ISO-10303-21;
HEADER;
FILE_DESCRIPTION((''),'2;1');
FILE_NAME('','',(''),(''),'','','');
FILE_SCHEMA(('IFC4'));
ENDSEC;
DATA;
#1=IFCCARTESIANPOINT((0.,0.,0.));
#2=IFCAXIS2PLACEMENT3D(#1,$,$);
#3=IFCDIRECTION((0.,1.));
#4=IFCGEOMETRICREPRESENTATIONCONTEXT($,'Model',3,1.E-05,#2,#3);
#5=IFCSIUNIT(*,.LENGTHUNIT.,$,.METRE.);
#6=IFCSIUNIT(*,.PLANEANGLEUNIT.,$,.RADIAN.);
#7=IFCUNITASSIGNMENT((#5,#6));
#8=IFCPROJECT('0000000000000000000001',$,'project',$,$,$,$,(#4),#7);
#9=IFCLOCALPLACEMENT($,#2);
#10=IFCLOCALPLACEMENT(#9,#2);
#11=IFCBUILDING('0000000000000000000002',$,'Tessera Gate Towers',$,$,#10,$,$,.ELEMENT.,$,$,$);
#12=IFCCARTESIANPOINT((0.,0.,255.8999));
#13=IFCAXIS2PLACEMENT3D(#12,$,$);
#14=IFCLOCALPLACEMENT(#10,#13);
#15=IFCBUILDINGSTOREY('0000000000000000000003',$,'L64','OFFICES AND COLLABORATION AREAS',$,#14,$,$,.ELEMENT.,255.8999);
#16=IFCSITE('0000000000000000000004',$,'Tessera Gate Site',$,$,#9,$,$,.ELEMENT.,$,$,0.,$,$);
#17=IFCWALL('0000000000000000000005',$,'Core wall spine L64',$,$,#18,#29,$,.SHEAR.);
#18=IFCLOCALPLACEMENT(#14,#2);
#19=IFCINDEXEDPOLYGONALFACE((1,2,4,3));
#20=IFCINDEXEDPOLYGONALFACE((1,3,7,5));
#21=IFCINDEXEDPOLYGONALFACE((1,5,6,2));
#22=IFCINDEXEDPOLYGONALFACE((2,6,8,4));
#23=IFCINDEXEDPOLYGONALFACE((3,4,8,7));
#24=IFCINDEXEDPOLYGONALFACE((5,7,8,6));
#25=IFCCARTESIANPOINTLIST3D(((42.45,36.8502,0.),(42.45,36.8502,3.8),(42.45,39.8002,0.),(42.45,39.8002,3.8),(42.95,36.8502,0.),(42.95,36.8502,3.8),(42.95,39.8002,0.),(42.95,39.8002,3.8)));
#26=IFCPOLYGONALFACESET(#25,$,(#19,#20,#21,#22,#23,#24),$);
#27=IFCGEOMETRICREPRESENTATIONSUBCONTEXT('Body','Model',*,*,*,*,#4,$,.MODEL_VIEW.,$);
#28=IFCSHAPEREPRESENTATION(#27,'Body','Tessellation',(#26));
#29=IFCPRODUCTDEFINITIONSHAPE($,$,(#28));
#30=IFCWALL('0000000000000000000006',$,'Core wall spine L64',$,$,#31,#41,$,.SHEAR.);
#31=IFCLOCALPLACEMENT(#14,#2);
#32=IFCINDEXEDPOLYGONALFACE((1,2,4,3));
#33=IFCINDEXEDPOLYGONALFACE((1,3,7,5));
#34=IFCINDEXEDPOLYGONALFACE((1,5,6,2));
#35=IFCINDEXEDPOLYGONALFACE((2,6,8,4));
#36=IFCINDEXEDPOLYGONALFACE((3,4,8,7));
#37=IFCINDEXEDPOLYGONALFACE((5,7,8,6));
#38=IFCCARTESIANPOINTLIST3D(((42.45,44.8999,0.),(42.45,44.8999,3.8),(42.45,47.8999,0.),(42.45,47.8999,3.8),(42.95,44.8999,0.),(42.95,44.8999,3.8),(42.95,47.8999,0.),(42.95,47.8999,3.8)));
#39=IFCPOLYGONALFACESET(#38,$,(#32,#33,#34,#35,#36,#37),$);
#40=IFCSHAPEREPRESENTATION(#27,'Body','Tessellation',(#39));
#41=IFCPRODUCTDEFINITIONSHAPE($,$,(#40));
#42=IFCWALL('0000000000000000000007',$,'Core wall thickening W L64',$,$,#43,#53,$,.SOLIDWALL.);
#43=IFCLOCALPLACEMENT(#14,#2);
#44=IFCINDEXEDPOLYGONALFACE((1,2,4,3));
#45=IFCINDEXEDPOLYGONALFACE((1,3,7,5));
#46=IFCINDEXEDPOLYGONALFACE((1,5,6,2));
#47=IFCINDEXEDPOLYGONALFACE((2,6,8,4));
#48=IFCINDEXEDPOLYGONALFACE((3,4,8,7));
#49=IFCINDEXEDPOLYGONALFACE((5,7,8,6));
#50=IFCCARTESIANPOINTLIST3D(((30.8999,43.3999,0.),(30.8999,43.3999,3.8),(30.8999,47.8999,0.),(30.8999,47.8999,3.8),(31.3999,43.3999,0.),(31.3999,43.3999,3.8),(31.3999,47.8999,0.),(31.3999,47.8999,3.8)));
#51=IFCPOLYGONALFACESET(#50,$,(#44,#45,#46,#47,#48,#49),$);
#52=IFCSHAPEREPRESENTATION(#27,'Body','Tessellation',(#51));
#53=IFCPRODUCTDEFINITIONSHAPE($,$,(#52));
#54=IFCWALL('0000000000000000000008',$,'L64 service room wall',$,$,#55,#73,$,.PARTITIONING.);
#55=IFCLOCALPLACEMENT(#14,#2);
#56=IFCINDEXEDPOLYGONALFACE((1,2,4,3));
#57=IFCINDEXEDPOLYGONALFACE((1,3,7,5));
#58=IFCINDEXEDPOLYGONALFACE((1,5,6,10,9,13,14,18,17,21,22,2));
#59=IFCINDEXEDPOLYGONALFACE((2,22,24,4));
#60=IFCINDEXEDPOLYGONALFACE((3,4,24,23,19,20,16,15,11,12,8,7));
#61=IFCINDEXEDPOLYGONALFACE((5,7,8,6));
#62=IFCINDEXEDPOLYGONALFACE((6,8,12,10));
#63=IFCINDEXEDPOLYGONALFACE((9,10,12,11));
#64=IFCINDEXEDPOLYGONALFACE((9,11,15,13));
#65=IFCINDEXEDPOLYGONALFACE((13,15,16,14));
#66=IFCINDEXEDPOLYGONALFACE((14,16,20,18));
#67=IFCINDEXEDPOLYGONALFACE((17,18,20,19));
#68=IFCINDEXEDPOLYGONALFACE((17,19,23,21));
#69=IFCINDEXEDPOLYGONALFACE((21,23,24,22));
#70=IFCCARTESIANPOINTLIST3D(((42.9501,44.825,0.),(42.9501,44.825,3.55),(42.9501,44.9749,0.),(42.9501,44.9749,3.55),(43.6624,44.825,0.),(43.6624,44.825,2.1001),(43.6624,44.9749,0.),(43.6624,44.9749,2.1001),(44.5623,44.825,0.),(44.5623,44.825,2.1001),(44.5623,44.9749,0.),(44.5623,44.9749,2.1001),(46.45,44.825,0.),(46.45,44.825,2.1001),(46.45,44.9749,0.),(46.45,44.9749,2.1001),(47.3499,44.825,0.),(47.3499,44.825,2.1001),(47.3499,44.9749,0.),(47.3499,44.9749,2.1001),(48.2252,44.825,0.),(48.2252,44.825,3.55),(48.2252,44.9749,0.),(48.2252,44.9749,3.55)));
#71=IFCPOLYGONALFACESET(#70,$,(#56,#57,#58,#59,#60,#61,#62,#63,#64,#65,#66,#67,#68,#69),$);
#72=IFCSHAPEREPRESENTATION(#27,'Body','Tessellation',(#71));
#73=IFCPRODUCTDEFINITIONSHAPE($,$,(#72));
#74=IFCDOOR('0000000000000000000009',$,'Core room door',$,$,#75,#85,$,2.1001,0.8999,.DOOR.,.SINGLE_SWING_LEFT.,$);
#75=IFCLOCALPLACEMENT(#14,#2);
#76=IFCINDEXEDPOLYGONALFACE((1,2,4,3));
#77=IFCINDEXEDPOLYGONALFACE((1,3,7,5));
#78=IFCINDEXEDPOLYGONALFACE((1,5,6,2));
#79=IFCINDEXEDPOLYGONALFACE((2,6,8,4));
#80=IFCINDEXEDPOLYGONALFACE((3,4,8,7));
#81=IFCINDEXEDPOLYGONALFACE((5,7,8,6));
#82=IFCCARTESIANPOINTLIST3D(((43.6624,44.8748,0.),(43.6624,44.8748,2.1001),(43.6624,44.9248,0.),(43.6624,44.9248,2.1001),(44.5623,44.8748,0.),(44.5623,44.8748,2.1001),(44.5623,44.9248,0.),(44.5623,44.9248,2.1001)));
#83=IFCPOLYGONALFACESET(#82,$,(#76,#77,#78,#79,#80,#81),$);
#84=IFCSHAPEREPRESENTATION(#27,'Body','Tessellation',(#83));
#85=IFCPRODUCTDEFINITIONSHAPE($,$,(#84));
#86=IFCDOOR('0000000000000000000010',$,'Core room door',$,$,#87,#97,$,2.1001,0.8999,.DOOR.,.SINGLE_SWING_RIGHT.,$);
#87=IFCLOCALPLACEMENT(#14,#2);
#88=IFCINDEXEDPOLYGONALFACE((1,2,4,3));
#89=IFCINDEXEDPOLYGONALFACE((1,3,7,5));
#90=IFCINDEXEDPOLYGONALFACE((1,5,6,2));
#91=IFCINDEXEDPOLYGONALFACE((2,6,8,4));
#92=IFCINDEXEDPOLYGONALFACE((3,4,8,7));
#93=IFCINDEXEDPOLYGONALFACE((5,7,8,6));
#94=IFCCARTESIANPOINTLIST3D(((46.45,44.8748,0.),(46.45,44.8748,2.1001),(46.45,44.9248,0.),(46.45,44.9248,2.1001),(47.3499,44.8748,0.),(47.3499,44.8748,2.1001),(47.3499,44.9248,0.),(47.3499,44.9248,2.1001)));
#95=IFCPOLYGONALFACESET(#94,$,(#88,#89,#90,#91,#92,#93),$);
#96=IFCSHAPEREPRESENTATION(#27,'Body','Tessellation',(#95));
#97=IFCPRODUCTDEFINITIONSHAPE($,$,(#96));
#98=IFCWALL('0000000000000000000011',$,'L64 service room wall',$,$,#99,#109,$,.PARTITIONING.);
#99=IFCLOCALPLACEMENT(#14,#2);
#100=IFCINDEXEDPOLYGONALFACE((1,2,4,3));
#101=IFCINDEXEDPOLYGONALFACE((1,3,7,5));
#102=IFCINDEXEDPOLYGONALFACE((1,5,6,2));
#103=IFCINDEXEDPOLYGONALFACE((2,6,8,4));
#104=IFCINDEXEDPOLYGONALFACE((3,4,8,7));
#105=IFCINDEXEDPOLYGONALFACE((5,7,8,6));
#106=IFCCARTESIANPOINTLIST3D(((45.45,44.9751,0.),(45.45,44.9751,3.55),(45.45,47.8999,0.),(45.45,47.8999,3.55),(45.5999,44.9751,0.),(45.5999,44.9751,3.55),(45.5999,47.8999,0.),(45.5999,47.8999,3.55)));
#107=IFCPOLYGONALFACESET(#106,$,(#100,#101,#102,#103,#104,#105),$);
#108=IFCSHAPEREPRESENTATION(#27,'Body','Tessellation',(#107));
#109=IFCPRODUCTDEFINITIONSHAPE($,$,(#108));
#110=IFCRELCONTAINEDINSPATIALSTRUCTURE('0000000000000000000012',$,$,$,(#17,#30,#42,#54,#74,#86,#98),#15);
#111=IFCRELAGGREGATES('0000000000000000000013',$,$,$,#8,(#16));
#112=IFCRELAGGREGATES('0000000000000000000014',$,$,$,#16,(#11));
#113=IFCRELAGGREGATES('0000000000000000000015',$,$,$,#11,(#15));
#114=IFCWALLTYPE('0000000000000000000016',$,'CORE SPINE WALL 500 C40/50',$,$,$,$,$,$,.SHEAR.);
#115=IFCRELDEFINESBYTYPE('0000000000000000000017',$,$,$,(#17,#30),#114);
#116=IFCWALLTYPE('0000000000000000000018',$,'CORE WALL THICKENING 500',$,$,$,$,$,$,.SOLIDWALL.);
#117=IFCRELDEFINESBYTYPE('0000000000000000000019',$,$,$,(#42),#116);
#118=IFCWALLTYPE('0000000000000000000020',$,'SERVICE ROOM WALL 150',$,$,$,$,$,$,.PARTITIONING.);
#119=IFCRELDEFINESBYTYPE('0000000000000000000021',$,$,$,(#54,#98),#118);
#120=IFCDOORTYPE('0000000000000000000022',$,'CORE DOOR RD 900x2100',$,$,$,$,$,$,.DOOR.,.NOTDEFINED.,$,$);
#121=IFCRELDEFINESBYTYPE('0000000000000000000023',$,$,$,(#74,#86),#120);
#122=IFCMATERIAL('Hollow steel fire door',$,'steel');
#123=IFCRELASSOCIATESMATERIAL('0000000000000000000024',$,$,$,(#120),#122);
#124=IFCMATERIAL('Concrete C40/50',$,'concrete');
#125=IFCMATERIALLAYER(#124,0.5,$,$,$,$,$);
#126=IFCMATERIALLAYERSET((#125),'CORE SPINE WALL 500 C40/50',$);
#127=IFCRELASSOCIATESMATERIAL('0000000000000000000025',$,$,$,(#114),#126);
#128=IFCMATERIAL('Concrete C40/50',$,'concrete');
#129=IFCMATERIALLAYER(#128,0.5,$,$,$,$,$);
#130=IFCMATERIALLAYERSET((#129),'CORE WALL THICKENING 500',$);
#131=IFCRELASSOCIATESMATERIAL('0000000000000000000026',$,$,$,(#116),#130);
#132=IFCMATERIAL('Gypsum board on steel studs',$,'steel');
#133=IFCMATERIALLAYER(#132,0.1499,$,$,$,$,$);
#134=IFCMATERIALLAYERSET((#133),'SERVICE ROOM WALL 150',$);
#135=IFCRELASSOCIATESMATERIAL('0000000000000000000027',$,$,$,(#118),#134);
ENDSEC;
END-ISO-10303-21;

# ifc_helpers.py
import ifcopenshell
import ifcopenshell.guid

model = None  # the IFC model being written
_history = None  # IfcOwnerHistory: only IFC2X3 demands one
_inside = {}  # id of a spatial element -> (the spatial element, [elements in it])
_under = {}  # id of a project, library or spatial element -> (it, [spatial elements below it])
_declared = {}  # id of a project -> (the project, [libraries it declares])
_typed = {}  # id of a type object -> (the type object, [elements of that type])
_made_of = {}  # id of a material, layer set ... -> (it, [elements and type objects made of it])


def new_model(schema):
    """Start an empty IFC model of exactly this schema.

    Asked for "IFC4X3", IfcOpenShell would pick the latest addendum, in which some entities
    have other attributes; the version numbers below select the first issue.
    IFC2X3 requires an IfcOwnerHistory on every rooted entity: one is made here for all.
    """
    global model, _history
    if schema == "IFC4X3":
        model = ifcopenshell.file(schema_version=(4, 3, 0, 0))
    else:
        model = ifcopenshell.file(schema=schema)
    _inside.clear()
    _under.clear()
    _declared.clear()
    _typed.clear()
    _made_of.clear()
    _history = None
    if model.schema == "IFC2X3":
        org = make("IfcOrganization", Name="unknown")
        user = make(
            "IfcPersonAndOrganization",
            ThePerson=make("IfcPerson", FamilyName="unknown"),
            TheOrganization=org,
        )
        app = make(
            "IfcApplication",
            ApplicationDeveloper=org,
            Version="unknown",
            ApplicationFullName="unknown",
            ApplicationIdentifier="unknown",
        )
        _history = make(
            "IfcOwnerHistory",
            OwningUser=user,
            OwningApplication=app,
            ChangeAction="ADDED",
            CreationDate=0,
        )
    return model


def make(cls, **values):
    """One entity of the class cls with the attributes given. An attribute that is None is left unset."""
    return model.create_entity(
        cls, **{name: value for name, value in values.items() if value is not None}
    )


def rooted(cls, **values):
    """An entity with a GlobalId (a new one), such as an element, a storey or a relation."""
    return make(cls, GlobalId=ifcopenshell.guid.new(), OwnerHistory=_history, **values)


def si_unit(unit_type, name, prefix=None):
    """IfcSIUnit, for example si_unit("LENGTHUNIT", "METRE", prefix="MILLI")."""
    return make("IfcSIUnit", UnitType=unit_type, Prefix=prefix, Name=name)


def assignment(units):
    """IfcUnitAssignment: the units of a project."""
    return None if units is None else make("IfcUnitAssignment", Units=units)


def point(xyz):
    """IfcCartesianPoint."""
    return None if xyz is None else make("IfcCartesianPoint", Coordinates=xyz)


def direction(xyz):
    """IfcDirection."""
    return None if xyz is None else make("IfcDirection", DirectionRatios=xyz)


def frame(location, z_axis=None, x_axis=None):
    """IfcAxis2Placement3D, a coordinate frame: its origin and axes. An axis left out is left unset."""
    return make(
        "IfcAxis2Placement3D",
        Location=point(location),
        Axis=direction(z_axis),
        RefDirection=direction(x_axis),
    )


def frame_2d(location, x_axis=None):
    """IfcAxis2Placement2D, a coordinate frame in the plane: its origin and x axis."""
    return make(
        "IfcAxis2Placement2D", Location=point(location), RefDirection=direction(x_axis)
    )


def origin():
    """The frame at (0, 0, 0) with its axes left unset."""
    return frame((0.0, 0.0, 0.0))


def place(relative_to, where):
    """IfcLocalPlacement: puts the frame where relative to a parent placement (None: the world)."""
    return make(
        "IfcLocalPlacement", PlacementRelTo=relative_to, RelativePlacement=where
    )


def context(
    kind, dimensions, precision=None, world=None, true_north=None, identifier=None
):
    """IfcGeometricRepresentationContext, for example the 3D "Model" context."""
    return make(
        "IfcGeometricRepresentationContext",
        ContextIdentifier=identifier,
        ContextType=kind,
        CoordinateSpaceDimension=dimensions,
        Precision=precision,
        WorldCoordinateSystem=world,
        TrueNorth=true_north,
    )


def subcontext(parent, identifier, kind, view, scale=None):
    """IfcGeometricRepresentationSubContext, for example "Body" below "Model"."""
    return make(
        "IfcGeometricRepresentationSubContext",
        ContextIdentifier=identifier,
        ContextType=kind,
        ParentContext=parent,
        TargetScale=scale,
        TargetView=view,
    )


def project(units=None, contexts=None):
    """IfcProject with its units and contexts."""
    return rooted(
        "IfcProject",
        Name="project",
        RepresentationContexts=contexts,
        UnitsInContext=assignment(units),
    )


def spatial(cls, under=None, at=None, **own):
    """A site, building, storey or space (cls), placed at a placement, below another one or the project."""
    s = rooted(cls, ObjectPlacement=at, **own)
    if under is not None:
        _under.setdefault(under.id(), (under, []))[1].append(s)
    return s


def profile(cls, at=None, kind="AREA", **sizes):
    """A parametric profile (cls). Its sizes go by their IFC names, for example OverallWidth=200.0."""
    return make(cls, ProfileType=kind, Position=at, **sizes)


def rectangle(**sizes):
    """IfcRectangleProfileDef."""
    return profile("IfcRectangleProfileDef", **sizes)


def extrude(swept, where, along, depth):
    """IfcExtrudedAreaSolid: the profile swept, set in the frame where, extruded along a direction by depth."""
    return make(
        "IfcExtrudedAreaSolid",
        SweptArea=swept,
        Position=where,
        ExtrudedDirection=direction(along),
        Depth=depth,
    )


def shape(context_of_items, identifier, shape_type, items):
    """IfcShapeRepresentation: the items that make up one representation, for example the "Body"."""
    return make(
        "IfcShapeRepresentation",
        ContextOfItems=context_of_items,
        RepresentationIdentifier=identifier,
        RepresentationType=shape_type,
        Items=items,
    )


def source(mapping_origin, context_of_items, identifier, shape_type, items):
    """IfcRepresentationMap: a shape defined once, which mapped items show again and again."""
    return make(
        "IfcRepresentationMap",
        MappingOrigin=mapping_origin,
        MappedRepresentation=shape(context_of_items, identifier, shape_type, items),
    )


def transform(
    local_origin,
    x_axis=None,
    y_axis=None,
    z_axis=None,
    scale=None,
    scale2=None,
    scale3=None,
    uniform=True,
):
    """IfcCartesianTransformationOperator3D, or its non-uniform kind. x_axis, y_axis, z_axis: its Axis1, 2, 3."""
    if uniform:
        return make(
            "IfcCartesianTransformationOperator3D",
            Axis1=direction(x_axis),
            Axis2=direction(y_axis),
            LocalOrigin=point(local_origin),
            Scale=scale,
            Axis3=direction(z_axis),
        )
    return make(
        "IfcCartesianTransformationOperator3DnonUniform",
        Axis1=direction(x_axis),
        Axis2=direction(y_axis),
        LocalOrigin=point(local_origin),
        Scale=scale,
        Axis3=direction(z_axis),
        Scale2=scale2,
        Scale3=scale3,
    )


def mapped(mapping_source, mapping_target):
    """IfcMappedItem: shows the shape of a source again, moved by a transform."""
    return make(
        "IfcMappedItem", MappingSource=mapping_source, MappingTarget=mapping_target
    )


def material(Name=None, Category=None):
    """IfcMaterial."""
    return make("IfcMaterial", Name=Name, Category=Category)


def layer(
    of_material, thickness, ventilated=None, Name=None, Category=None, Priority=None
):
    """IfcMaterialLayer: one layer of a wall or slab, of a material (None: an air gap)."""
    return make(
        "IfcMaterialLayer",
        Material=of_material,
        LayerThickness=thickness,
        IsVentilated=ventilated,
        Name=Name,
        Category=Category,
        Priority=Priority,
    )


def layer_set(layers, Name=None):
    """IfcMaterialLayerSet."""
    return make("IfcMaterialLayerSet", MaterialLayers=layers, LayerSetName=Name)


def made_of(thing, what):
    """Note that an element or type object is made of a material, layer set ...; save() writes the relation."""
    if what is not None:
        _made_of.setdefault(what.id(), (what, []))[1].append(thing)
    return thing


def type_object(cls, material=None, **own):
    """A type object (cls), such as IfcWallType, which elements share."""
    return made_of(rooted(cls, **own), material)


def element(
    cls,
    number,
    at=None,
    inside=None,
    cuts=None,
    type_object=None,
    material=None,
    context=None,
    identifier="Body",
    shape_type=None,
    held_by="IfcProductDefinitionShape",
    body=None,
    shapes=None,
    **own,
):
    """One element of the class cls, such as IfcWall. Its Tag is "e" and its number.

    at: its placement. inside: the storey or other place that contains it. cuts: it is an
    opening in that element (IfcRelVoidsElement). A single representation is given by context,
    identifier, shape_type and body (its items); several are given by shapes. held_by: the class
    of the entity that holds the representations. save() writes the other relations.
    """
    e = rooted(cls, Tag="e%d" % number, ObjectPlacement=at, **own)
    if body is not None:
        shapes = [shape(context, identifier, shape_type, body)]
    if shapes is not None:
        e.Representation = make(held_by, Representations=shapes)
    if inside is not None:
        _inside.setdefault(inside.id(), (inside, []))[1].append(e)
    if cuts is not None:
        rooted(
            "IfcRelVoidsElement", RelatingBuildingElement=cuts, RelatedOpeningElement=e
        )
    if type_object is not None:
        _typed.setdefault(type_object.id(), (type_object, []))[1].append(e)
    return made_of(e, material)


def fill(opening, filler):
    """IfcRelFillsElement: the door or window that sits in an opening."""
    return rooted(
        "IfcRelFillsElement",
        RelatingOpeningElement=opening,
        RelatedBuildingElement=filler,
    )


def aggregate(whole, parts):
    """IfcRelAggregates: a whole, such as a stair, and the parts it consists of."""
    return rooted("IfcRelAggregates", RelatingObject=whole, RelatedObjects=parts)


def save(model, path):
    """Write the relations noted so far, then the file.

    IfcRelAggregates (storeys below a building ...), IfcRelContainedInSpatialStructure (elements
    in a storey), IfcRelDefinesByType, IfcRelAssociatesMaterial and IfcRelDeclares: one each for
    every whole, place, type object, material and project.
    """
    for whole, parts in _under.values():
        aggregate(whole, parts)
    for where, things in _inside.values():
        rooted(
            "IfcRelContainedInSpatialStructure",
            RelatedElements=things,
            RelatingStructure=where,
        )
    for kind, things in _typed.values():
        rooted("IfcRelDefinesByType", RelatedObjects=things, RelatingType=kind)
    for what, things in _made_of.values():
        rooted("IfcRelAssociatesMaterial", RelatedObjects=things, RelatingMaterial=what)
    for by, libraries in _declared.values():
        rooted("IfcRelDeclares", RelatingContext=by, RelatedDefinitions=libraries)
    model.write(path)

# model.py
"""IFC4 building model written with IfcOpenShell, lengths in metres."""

from ifc_helpers import new_model, si_unit, direction, frame, frame_2d, origin, place, context, subcontext, project, spatial, rectangle, extrude, source, transform, mapped, material, layer, layer_set, type_object, element, fill, save


model = new_model("IFC4")

# Units and contexts
model_context = context("Model", 3, precision=1e-05, world=origin(), true_north=direction((0.0, 1.0)))
body_context = subcontext(model_context, "Body", "Model", "MODEL_VIEW")
ifc_project = project(units=[si_unit("LENGTHUNIT", "METRE"), si_unit("PLANEANGLEUNIT", "RADIAN")], contexts=[model_context])

# Site, building, storey
site_placement = place(None, origin())
site = spatial("IfcSite", under=ifc_project, at=site_placement, Name="Tessera Gate Site", CompositionType="ELEMENT", RefElevation=0.0)
building_placement = place(site_placement, origin())
building = spatial("IfcBuilding", under=site, at=building_placement, Name="Tessera Gate Towers", CompositionType="ELEMENT")
storey_placement = place(building_placement, frame((0.0, 0.0, 255.8999)))
storey = spatial("IfcBuildingStorey", under=building, at=storey_placement, Name="L64", Description="OFFICES AND COLLABORATION AREAS", CompositionType="ELEMENT", Elevation=255.8999)

# Shared definitions
ifc_material_1 = material(Name="Hollow steel fire door", Category="steel")
door_type_1 = type_object("IfcDoorType", Name="CORE DOOR RD 900x2100", OperationType="NOTDEFINED", PredefinedType="DOOR", material=ifc_material_1)
shared_shape_1 = source(origin(), body_context, "Body", "SweptSolid", [
    extrude(rectangle(XDim=0.8999, YDim=2.1001, at=frame_2d((0.45, 1.05))), frame((0.0, 0.0249, 0.0), z_axis=(0.0, -1.0, 0.0), x_axis=(1.0, 0.0, 0.0)), (0.0, 0.0, 1.0), 0.05),
])

# Walls
ifc_material_2 = material(Name="Concrete C40/50", Category="concrete")
ifc_layer_1 = layer(ifc_material_2, 0.5)
ifc_layer_set_1 = layer_set([ifc_layer_1], Name="CORE SPINE WALL 500 C40/50")
wall_type_1 = type_object("IfcWallType", Name="CORE SPINE WALL 500 C40/50", PredefinedType="SHEAR", material=ifc_layer_set_1)
wall_1_placement = place(storey_placement, frame((42.7, 36.8501, 0.0), z_axis=(0.0, 0.0, 1.0), x_axis=(0.0, 1.0, 0.0)))
element("IfcWall", 1, at=wall_1_placement, inside=storey, type_object=wall_type_1, Name="Core wall spine L64", PredefinedType="SHEAR", context=body_context, shape_type="SweptSolid", body=[
    extrude(rectangle(XDim=2.95, YDim=0.5, at=frame_2d((1.4751, 0.0))), origin(), (0.0, 0.0, 1.0), 3.8),
])
wall_2_placement = place(storey_placement, frame((42.7, 44.8999, 0.0), z_axis=(0.0, 0.0, 1.0), x_axis=(0.0, 1.0, 0.0)))
element("IfcWall", 2, at=wall_2_placement, inside=storey, type_object=wall_type_1, Name="Core wall spine L64", PredefinedType="SHEAR", context=body_context, shape_type="SweptSolid", body=[
    extrude(rectangle(XDim=3.0, YDim=0.5, at=frame_2d((1.5, 0.0))), origin(), (0.0, 0.0, 1.0), 3.8),
])
ifc_material_3 = material(Name="Concrete C40/50", Category="concrete")
ifc_layer_2 = layer(ifc_material_3, 0.5)
ifc_layer_set_2 = layer_set([ifc_layer_2], Name="CORE WALL THICKENING 500")
wall_type_2 = type_object("IfcWallType", Name="CORE WALL THICKENING 500", PredefinedType="SOLIDWALL", material=ifc_layer_set_2)
wall_3_placement = place(storey_placement, frame((31.1499, 43.3999, 0.0), z_axis=(0.0, 0.0, 1.0), x_axis=(0.0, 1.0, 0.0)))
element("IfcWall", 3, at=wall_3_placement, inside=storey, type_object=wall_type_2, Name="Core wall thickening W L64", PredefinedType="SOLIDWALL", context=body_context, shape_type="SweptSolid", body=[
    extrude(rectangle(XDim=4.5, YDim=0.5, at=frame_2d((2.25, 0.0))), origin(), (0.0, 0.0, 1.0), 3.8),
])

# Wall, openings, doors
ifc_material_4 = material(Name="Gypsum board on steel studs", Category="steel")
ifc_layer_3 = layer(ifc_material_4, 0.1499)
ifc_layer_set_3 = layer_set([ifc_layer_3], Name="SERVICE ROOM WALL 150")
wall_type_3 = type_object("IfcWallType", Name="SERVICE ROOM WALL 150", PredefinedType="PARTITIONING", material=ifc_layer_set_3)
wall_4_placement = place(storey_placement, frame((42.95, 44.8999, 0.0), z_axis=(0.0, 0.0, 1.0), x_axis=(1.0, 0.0, 0.0)))
wall_4 = element("IfcWall", 4, at=wall_4_placement, inside=storey, type_object=wall_type_3, Name="L64 service room wall", PredefinedType="PARTITIONING", context=body_context, shape_type="SweptSolid", body=[
    extrude(rectangle(XDim=5.2751, YDim=0.1499, at=frame_2d((2.6377, 0.0))), origin(), (0.0, 0.0, 1.0), 3.55),
])
shared_shape_2 = source(origin(), body_context, "Body", "SweptSolid", [
    extrude(rectangle(XDim=0.8999, YDim=2.1001, at=frame_2d((0.45, 1.05))), frame((0.0, 0.085, 0.0), z_axis=(0.0, -1.0, 0.0), x_axis=(1.0, 0.0, 0.0)), (0.0, 0.0, 1.0), 0.1699),
])
opening_1_placement = place(wall_4_placement, frame((0.7124, 0.0, 0.0)))
opening_1 = element("IfcOpeningElement", 5, at=opening_1_placement, cuts=wall_4, PredefinedType="OPENING", context=body_context, shape_type="MappedRepresentation", body=[
    mapped(shared_shape_2, transform((0.0, 0.0, 0.0), scale=1.0)),
])
opening_2_placement = place(wall_4_placement, frame((3.5, 0.0, 0.0)))
opening_2 = element("IfcOpeningElement", 6, at=opening_2_placement, cuts=wall_4, PredefinedType="OPENING", context=body_context, shape_type="MappedRepresentation", body=[
    mapped(shared_shape_2, transform((0.0, 0.0, 0.0), scale=1.0)),
])
door_1_placement = place(opening_1_placement, origin())
door_1 = element("IfcDoor", 7, at=door_1_placement, inside=storey, type_object=door_type_1, Name="Core room door", OperationType="SINGLE_SWING_LEFT", OverallHeight=2.1001, OverallWidth=0.8999, PredefinedType="DOOR", context=body_context, shape_type="MappedRepresentation", body=[
    mapped(shared_shape_1, transform((0.0, 0.0, 0.0), scale=1.0)),
])
fill(opening_1, door_1)
door_2_placement = place(opening_2_placement, origin())
door_2 = element("IfcDoor", 8, at=door_2_placement, inside=storey, type_object=door_type_1, Name="Core room door", OperationType="SINGLE_SWING_RIGHT", OverallHeight=2.1001, OverallWidth=0.8999, PredefinedType="DOOR", context=body_context, shape_type="MappedRepresentation", body=[
    mapped(shared_shape_1, transform((0.0, 0.0, 0.0), scale=1.0)),
])
fill(opening_2, door_2)

# Wall
wall_5_placement = place(storey_placement, frame((45.5249, 44.9751, 0.0), z_axis=(0.0, 0.0, 1.0), x_axis=(0.0, 1.0, 0.0)))
element("IfcWall", 9, at=wall_5_placement, inside=storey, type_object=wall_type_3, Name="L64 service room wall", PredefinedType="PARTITIONING", context=body_context, shape_type="SweptSolid", body=[
    extrude(rectangle(XDim=2.9248, YDim=0.1499, at=frame_2d((1.4624, 0.0))), origin(), (0.0, 0.0, 1.0), 3.55),
])

save(model, "model.ifc")
